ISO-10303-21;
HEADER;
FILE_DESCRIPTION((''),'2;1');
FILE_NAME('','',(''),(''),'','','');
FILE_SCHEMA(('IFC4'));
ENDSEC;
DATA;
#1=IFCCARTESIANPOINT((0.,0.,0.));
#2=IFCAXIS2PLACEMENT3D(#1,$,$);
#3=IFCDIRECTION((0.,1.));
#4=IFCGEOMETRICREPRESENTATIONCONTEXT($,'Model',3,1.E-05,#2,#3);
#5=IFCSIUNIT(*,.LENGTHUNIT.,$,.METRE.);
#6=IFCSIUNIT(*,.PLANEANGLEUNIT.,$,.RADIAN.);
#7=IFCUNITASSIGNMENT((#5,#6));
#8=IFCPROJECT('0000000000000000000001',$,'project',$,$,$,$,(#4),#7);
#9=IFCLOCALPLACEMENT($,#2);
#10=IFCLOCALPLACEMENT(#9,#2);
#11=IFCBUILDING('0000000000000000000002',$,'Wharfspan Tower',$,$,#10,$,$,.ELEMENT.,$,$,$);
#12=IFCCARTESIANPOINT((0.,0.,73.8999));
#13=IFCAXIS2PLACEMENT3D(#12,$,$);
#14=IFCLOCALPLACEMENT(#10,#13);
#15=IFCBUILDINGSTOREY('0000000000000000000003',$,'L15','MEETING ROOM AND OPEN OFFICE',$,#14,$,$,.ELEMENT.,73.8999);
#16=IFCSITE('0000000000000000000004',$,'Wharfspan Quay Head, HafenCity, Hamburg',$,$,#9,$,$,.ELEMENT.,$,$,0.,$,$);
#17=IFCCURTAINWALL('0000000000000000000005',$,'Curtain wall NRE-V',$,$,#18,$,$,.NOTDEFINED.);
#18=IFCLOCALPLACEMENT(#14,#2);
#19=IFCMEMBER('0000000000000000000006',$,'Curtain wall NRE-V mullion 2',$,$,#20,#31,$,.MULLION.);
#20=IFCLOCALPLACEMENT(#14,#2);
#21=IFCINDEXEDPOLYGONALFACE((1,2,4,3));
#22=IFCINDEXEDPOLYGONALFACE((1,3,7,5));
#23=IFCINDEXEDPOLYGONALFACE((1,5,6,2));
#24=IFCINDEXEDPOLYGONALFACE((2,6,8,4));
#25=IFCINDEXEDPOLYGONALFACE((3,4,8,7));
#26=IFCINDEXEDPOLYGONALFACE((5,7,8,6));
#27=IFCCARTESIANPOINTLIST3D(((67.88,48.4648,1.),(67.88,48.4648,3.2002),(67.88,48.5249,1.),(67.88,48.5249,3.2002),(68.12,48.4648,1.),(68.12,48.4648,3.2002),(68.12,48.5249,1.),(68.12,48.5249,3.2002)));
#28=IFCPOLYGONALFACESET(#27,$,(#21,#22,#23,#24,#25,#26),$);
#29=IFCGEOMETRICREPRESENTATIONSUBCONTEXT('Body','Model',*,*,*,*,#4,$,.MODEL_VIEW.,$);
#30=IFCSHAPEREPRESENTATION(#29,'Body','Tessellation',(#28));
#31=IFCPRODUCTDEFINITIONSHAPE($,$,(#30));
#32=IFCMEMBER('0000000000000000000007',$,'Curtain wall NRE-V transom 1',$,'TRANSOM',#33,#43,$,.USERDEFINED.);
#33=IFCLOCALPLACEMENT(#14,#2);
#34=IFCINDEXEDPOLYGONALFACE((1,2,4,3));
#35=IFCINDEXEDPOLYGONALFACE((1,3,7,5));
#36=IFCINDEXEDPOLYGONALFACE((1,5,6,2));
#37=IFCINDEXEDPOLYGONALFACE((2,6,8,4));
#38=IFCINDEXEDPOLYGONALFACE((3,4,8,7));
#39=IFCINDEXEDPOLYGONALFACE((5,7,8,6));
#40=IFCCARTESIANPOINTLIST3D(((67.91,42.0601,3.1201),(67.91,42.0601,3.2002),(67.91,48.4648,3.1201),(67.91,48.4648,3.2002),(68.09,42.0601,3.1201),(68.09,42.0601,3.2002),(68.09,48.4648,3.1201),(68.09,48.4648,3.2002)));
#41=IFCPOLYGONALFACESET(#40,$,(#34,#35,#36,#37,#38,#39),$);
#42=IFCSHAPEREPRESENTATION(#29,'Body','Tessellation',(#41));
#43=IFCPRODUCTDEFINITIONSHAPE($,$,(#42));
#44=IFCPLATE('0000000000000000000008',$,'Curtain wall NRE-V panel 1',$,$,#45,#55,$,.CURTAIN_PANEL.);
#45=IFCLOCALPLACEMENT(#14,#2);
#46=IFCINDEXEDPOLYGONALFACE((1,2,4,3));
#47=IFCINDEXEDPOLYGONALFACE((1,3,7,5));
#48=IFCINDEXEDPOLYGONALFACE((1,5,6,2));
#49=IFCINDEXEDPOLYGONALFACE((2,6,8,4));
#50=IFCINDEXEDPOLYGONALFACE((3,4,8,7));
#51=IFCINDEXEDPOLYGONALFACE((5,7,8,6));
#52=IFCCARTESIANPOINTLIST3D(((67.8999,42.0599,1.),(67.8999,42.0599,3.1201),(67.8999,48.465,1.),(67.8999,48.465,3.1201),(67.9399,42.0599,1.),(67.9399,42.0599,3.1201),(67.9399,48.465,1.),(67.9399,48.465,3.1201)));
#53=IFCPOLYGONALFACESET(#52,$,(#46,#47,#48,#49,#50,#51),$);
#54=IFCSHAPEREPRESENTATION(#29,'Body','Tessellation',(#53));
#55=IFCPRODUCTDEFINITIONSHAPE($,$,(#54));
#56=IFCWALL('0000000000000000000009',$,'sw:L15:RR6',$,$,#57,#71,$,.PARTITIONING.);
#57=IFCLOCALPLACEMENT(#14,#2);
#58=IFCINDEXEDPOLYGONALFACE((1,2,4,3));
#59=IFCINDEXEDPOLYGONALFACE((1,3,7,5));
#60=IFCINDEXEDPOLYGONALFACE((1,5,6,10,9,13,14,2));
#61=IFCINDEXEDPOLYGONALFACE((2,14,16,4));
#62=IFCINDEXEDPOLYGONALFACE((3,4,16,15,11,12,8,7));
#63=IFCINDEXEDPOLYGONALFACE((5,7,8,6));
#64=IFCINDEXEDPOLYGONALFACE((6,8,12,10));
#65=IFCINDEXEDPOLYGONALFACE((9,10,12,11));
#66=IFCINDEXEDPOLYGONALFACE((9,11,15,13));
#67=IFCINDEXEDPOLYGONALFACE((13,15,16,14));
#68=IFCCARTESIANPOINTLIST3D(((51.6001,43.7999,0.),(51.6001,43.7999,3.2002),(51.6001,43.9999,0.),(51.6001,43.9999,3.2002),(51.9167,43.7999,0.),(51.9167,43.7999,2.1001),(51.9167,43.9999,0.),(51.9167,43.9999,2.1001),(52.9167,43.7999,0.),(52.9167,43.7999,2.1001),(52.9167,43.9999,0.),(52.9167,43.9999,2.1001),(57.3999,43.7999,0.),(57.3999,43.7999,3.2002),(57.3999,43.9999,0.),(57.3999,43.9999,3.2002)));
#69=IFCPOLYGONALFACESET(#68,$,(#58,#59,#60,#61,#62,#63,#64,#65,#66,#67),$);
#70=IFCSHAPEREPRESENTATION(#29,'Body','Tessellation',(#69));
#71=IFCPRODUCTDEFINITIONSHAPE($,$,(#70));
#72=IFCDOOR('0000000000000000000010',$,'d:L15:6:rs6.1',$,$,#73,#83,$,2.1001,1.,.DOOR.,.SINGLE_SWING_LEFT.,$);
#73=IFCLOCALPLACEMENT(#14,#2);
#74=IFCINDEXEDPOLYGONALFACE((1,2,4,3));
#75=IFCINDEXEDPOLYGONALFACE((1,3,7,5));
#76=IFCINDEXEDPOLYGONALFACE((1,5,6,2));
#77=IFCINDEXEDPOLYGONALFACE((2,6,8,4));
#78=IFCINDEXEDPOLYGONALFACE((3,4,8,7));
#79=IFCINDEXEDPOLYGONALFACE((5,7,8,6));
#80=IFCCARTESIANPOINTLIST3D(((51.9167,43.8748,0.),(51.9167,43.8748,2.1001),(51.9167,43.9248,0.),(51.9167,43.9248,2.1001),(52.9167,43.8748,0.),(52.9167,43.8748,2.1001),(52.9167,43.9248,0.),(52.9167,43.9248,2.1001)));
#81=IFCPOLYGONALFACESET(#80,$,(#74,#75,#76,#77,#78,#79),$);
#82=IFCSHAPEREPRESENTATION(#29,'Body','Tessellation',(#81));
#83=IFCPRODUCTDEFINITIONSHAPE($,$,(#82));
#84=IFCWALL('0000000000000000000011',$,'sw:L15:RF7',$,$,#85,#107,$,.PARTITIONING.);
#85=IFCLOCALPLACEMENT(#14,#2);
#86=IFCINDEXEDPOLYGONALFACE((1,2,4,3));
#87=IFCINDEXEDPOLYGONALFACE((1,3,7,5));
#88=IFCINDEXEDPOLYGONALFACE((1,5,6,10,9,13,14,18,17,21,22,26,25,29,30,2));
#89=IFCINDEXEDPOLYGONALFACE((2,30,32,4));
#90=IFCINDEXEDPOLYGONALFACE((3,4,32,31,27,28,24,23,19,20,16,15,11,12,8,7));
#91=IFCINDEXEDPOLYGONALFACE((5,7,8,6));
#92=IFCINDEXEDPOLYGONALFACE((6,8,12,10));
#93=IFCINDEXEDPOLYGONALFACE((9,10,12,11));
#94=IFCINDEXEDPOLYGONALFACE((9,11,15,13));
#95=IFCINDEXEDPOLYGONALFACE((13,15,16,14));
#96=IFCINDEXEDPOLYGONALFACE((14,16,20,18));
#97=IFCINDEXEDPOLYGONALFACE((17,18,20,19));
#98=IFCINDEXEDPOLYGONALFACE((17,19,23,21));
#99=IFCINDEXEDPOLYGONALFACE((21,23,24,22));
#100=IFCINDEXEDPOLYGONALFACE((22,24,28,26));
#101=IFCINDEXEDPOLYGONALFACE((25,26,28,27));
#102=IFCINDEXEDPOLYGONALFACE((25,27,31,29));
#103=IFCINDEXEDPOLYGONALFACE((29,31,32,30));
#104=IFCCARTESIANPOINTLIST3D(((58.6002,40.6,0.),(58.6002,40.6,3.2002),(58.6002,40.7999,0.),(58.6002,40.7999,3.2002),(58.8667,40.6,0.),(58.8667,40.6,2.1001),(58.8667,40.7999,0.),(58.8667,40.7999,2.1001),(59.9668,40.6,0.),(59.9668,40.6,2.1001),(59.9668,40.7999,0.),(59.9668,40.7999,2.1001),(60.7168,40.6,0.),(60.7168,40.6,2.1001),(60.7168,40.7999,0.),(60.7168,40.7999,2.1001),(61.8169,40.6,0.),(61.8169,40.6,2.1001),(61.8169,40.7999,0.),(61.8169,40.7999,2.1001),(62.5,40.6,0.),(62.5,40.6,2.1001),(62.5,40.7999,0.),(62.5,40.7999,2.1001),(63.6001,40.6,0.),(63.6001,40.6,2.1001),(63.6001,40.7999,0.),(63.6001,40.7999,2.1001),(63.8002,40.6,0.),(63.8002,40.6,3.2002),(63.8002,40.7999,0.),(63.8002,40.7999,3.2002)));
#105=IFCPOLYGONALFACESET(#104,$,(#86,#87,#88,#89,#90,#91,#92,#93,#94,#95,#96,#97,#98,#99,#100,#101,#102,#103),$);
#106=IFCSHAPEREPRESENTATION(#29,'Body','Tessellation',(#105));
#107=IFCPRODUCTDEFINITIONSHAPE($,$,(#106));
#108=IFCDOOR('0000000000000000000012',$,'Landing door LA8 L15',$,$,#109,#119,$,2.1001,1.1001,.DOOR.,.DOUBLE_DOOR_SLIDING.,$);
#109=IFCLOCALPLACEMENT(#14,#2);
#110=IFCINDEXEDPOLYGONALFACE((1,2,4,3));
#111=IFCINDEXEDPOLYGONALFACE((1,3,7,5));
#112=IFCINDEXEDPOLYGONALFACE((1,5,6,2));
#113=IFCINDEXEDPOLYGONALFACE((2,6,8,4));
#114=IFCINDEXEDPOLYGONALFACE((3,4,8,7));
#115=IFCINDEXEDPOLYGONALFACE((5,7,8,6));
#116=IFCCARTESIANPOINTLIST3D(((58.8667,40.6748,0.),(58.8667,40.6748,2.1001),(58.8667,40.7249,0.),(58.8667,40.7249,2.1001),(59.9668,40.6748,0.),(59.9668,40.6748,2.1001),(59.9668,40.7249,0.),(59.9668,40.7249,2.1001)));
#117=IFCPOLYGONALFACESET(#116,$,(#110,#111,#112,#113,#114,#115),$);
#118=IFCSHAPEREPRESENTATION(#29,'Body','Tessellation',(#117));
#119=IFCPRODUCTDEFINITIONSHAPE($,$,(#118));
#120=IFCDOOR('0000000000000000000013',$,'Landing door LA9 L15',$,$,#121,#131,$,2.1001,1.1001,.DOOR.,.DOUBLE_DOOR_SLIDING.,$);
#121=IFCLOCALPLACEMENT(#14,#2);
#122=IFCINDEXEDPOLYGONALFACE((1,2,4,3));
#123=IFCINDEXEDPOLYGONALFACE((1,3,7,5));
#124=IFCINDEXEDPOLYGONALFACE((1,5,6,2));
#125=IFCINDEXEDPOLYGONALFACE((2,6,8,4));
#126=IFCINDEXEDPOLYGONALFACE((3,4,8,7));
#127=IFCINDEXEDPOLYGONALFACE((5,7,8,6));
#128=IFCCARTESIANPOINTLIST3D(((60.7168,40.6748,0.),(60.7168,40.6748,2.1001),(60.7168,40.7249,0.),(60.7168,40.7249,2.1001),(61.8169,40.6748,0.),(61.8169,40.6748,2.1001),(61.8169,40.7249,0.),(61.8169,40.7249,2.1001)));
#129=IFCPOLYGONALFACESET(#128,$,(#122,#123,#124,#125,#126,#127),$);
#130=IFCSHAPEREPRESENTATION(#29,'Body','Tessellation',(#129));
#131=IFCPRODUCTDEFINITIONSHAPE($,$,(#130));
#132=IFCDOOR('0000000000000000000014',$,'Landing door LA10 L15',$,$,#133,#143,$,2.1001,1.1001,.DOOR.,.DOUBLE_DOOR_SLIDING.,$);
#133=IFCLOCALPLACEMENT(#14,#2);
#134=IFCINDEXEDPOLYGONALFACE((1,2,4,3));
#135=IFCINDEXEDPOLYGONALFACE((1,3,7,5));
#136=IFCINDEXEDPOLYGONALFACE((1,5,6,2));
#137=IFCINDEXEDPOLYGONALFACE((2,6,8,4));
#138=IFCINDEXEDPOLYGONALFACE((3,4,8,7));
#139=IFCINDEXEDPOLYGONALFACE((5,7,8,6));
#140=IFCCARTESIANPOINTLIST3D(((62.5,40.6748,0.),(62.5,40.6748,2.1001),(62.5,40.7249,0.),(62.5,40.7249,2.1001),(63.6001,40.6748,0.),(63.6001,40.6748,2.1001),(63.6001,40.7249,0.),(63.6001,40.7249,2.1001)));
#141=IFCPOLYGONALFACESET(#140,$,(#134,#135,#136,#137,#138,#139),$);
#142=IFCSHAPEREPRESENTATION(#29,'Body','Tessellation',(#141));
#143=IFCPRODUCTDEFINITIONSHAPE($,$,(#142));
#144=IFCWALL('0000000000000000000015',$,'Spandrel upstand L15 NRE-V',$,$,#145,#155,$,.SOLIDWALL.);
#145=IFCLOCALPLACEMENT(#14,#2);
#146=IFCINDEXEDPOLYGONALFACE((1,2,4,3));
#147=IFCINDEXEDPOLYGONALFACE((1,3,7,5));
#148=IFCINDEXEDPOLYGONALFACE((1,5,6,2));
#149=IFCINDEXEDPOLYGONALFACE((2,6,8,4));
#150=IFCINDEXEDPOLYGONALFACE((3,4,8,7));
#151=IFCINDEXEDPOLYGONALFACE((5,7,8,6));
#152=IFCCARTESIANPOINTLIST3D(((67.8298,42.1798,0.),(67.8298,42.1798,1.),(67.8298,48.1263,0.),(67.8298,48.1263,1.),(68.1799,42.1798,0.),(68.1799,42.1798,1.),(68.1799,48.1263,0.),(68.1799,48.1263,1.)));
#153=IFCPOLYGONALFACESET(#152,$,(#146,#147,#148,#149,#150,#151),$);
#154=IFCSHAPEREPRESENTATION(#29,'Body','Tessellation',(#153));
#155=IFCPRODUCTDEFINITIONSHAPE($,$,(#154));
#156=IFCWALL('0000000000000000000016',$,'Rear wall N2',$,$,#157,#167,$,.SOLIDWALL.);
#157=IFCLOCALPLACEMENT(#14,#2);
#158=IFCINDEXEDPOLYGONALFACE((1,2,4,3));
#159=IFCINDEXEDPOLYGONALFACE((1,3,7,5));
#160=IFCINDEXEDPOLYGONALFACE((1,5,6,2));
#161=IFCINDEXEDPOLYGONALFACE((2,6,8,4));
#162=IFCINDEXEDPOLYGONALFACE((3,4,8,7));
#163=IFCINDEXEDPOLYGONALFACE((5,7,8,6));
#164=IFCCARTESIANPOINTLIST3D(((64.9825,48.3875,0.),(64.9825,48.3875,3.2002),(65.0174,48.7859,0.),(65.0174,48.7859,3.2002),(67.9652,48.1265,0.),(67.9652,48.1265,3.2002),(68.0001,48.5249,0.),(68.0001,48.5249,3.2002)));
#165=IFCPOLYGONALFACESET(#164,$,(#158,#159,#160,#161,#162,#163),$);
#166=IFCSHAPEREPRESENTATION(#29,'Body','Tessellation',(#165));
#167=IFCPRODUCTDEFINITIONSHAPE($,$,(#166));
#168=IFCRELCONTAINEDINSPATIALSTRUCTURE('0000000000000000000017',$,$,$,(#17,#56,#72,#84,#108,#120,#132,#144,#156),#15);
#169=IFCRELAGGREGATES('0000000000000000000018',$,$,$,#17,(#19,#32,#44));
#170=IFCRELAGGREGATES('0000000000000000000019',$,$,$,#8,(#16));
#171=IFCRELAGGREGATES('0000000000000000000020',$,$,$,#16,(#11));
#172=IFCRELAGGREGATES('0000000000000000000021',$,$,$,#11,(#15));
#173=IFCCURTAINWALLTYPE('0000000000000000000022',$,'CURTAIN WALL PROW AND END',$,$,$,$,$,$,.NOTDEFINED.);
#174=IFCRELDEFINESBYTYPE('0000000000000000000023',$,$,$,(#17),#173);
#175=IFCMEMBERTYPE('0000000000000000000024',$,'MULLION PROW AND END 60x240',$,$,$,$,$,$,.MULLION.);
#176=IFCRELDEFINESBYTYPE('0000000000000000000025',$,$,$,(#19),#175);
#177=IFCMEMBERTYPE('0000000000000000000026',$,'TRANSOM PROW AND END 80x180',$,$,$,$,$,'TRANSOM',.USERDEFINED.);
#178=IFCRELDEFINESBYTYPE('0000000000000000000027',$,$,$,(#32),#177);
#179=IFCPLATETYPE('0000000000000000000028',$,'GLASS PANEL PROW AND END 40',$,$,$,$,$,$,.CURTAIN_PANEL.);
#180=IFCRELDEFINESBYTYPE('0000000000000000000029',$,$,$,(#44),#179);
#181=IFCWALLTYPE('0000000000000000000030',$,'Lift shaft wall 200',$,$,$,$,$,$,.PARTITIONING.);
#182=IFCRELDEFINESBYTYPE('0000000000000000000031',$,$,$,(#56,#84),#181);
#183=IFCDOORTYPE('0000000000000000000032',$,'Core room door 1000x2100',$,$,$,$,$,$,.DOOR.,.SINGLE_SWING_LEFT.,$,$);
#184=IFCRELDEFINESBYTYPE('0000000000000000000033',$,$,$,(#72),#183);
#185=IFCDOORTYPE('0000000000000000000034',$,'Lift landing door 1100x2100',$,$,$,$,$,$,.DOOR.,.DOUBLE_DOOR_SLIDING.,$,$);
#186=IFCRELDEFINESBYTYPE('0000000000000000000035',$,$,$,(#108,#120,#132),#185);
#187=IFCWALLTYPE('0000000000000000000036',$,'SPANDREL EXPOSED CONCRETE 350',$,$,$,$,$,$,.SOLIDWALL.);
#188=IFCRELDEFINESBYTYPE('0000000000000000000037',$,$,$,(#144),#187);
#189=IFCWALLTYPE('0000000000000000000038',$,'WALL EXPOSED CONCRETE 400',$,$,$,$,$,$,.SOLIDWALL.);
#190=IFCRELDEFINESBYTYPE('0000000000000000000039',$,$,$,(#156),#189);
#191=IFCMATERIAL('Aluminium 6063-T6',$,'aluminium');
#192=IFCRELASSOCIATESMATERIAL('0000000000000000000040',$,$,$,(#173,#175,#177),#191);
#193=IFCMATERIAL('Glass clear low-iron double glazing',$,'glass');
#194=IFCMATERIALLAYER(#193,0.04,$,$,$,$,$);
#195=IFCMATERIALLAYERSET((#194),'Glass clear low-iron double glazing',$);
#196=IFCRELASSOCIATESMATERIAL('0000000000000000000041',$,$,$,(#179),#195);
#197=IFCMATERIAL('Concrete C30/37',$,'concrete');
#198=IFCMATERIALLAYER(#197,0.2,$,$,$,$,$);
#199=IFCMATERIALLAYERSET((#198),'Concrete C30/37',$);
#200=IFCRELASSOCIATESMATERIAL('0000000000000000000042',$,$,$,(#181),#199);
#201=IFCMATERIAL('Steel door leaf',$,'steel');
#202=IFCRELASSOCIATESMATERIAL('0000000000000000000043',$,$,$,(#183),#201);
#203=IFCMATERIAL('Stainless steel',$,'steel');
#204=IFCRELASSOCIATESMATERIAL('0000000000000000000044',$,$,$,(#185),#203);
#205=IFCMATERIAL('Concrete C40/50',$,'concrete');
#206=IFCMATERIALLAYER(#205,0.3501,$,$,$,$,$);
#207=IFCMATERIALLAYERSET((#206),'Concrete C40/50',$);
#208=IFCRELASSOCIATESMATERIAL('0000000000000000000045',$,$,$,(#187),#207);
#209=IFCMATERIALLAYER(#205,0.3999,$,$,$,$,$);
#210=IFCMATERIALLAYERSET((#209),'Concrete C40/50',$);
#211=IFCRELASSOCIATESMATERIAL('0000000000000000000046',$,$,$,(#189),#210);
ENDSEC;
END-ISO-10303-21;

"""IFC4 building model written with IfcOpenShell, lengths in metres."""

from ifc_helpers import new_model, si_unit, direction, frame, frame_2d, origin, origin_2d, place, context, subcontext, project, spatial, rectangle, extrude, material, layer, layer_set, material_profile, profile_set, type_object, element, fill, aggregate, save


model = new_model("IFC4")

# Units and contexts
model_context = context("Model", 3, precision=1e-05, world=origin(), true_north=direction((0.0, 1.0)))
body_context = subcontext(model_context, "Body", "Model", "MODEL_VIEW")
ifc_project = project(units=[si_unit("LENGTHUNIT", "METRE"), si_unit("PLANEANGLEUNIT", "RADIAN")], contexts=[model_context])

# Site, building, storey
site_placement = place(None, origin())
site = spatial("IfcSite", under=ifc_project, at=site_placement, Name="Wharfspan Quay Head, HafenCity, Hamburg", CompositionType="ELEMENT", RefElevation=0.0)
building_placement = place(site_placement, origin())
building = spatial("IfcBuilding", under=site, at=building_placement, Name="Wharfspan Tower", CompositionType="ELEMENT")
storey_placement = place(building_placement, frame((0.0, 0.0, 73.8999)))
storey = spatial("IfcBuildingStorey", under=building, at=storey_placement, Name="L15", Description="MEETING ROOM AND OPEN OFFICE", CompositionType="ELEMENT", Elevation=73.8999)

# Shared definitions
ifc_material_1 = material(Name="Aluminium 6063-T6", Category="aluminium")
curtain_wall_type = type_object("IfcCurtainWallType", Name="CURTAIN WALL PROW AND END", PredefinedType="NOTDEFINED", material=ifc_material_1)
ifc_material_profile_1 = material_profile(ifc_material_1, rectangle(XDim=0.24, YDim=0.0601, at=origin_2d()))
ifc_profile_set_1 = profile_set([ifc_material_profile_1], Name="Aluminium 6063-T6")
member_type_1 = type_object("IfcMemberType", Name="MULLION PROW AND END 60x240", PredefinedType="MULLION", material=ifc_profile_set_1)

# Curtain wall, members, plate
curtain_wall_1_placement = place(storey_placement, origin())
curtain_wall_1 = element("IfcCurtainWall", 1, at=curtain_wall_1_placement, inside=storey, type_object=curtain_wall_type, Name="Curtain wall NRE-V", PredefinedType="NOTDEFINED")
member_1_placement = place(storey_placement, frame((68.0, 48.4949, 1.0), z_axis=(0.0, 0.0, 1.0), x_axis=(-1.0, 0.0, 0.0)))
member_1 = element("IfcMember", 2, at=member_1_placement, type_object=member_type_1, Name="Curtain wall NRE-V mullion 2", PredefinedType="MULLION", context=body_context, shape_type="SweptSolid", body=[
    extrude(rectangle(XDim=0.24, YDim=0.0601, at=origin_2d()), origin(), (0.0, 0.0, 1.0), 2.2002),
])
ifc_material_profile_2 = material_profile(ifc_material_1, rectangle(XDim=0.1799, YDim=0.0801, at=origin_2d()))
ifc_profile_set_2 = profile_set([ifc_material_profile_2], Name="Aluminium 6063-T6")
member_type_2 = type_object("IfcMemberType", Name="TRANSOM PROW AND END 80x180", ElementType="TRANSOM", PredefinedType="USERDEFINED", material=ifc_profile_set_2)
member_2_placement = place(storey_placement, frame((68.0, 42.0601, 3.1602), z_axis=(0.0, 1.0, 0.0), x_axis=(-1.0, 0.0, 0.0)))
member_2 = element("IfcMember", 3, at=member_2_placement, type_object=member_type_2, Name="Curtain wall NRE-V transom 1", ObjectType="TRANSOM", PredefinedType="USERDEFINED", context=body_context, shape_type="SweptSolid", body=[
    extrude(rectangle(XDim=0.1799, YDim=0.0801, at=origin_2d()), origin(), (0.0, 0.0, 1.0), 6.4048),
])
ifc_material_2 = material(Name="Glass clear low-iron double glazing", Category="glass")
ifc_layer_1 = layer(ifc_material_2, 0.04)
ifc_layer_set_1 = layer_set([ifc_layer_1], Name="Glass clear low-iron double glazing")
plate_type = type_object("IfcPlateType", Name="GLASS PANEL PROW AND END 40", PredefinedType="CURTAIN_PANEL", material=ifc_layer_set_1)
plate_placement = place(storey_placement, frame((67.9199, 45.2625, 1.0), z_axis=(0.0, 0.0, 1.0), x_axis=(0.0, 1.0, 0.0)))
plate = element("IfcPlate", 4, at=plate_placement, type_object=plate_type, Name="Curtain wall NRE-V panel 1", PredefinedType="CURTAIN_PANEL", context=body_context, shape_type="SweptSolid", body=[
    extrude(rectangle(XDim=6.405, YDim=0.04, at=origin_2d()), origin(), (0.0, 0.0, 1.0), 2.1201),
])
aggregate(curtain_wall_1, [member_1, member_2, plate])

# Wall, opening, door
ifc_material_3 = material(Name="Concrete C30/37", Category="concrete")
ifc_layer_2 = layer(ifc_material_3, 0.2)
ifc_layer_set_2 = layer_set([ifc_layer_2], Name="Concrete C30/37")
wall_type_1 = type_object("IfcWallType", Name="Lift shaft wall 200", PredefinedType="PARTITIONING", material=ifc_layer_set_2)
wall_1_placement = place(storey_placement, frame((51.6001, 43.8999, 0.0), z_axis=(0.0, 0.0, 1.0), x_axis=(1.0, 0.0, 0.0)))
wall_1 = element("IfcWall", 5, at=wall_1_placement, inside=storey, type_object=wall_type_1, Name="sw:L15:RR6", PredefinedType="PARTITIONING", context=body_context, shape_type="SweptSolid", body=[
    extrude(rectangle(XDim=5.7998, YDim=0.2, at=frame_2d((2.8999, 0.0))), origin(), (0.0, 0.0, 1.0), 3.2002),
])
opening_1_placement = place(wall_1_placement, frame((0.3166, 0.0, 0.0)))
opening_1 = element("IfcOpeningElement", 6, at=opening_1_placement, cuts=wall_1, PredefinedType="OPENING", context=body_context, shape_type="SweptSolid", body=[
    extrude(rectangle(XDim=1.0, YDim=2.1001, at=frame_2d((0.5, 1.05))), frame((0.0, 0.1099, 0.0), z_axis=(0.0, -1.0, 0.0), x_axis=(1.0, 0.0, 0.0)), (0.0, 0.0, 1.0), 0.22),
])
ifc_material_4 = material(Name="Steel door leaf", Category="steel")
door_type_1 = type_object("IfcDoorType", Name="Core room door 1000x2100", OperationType="SINGLE_SWING_LEFT", PredefinedType="DOOR", material=ifc_material_4)
door_1_placement = place(opening_1_placement, origin())
door_1 = element("IfcDoor", 7, at=door_1_placement, inside=storey, type_object=door_type_1, Name="d:L15:6:rs6.1", OperationType="SINGLE_SWING_LEFT", OverallHeight=2.1001, OverallWidth=1.0, PredefinedType="DOOR", context=body_context, shape_type="SweptSolid", body=[
    extrude(rectangle(XDim=1.0, YDim=2.1001, at=frame_2d((0.5, 1.05))), frame((0.0, 0.0249, 0.0), z_axis=(0.0, -1.0, 0.0), x_axis=(1.0, 0.0, 0.0)), (0.0, 0.0, 1.0), 0.05),
])
fill(opening_1, door_1)

# Wall, openings, doors
wall_2_placement = place(storey_placement, frame((58.6001, 40.7, 0.0), z_axis=(0.0, 0.0, 1.0), x_axis=(1.0, 0.0, 0.0)))
wall_2 = element("IfcWall", 8, at=wall_2_placement, inside=storey, type_object=wall_type_1, Name="sw:L15:RF7", PredefinedType="PARTITIONING", context=body_context, shape_type="SweptSolid", body=[
    extrude(rectangle(XDim=5.2, YDim=0.2, at=frame_2d((2.6001, 0.0))), origin(), (0.0, 0.0, 1.0), 3.2002),
])
opening_2_placement = place(wall_2_placement, frame((0.2666, 0.0, 0.0)))
opening_2 = element("IfcOpeningElement", 9, at=opening_2_placement, cuts=wall_2, PredefinedType="OPENING", context=body_context, shape_type="SweptSolid", body=[
    extrude(rectangle(XDim=1.1001, YDim=2.1001, at=frame_2d((0.55, 1.05))), frame((0.0, 0.1099, 0.0), z_axis=(0.0, -1.0, 0.0), x_axis=(1.0, 0.0, 0.0)), (0.0, 0.0, 1.0), 0.22),
])
opening_3_placement = place(wall_2_placement, frame((2.1167, 0.0, 0.0)))
opening_3 = element("IfcOpeningElement", 10, at=opening_3_placement, cuts=wall_2, PredefinedType="OPENING", context=body_context, shape_type="SweptSolid", body=[
    extrude(rectangle(XDim=1.1001, YDim=2.1001, at=frame_2d((0.55, 1.05))), frame((0.0, 0.1099, 0.0), z_axis=(0.0, -1.0, 0.0), x_axis=(1.0, 0.0, 0.0)), (0.0, 0.0, 1.0), 0.22),
])
opening_4_placement = place(wall_2_placement, frame((3.8999, 0.0, 0.0)))
opening_4 = element("IfcOpeningElement", 11, at=opening_4_placement, cuts=wall_2, PredefinedType="OPENING", context=body_context, shape_type="SweptSolid", body=[
    extrude(rectangle(XDim=1.1001, YDim=2.1001, at=frame_2d((0.55, 1.05))), frame((0.0, 0.1099, 0.0), z_axis=(0.0, -1.0, 0.0), x_axis=(1.0, 0.0, 0.0)), (0.0, 0.0, 1.0), 0.22),
])
ifc_material_5 = material(Name="Stainless steel", Category="steel")
door_type_2 = type_object("IfcDoorType", Name="Lift landing door 1100x2100", OperationType="DOUBLE_DOOR_SLIDING", PredefinedType="DOOR", material=ifc_material_5)
door_2_placement = place(opening_2_placement, origin())
door_2 = element("IfcDoor", 12, at=door_2_placement, inside=storey, type_object=door_type_2, Name="Landing door LA8 L15", OperationType="DOUBLE_DOOR_SLIDING", OverallHeight=2.1001, OverallWidth=1.1001, PredefinedType="DOOR", context=body_context, shape_type="SweptSolid", body=[
    extrude(rectangle(XDim=1.1001, YDim=2.1001, at=frame_2d((0.55, 1.05))), frame((0.0, 0.0249, 0.0), z_axis=(0.0, -1.0, 0.0), x_axis=(1.0, 0.0, 0.0)), (0.0, 0.0, 1.0), 0.05),
])
fill(opening_2, door_2)
door_3_placement = place(opening_3_placement, origin())
door_3 = element("IfcDoor", 13, at=door_3_placement, inside=storey, type_object=door_type_2, Name="Landing door LA9 L15", OperationType="DOUBLE_DOOR_SLIDING", OverallHeight=2.1001, OverallWidth=1.1001, PredefinedType="DOOR", context=body_context, shape_type="SweptSolid", body=[
    extrude(rectangle(XDim=1.1001, YDim=2.1001, at=frame_2d((0.55, 1.05))), frame((0.0, 0.0249, 0.0), z_axis=(0.0, -1.0, 0.0), x_axis=(1.0, 0.0, 0.0)), (0.0, 0.0, 1.0), 0.05),
])
fill(opening_3, door_3)
door_4_placement = place(opening_4_placement, origin())
door_4 = element("IfcDoor", 14, at=door_4_placement, inside=storey, type_object=door_type_2, Name="Landing door LA10 L15", OperationType="DOUBLE_DOOR_SLIDING", OverallHeight=2.1001, OverallWidth=1.1001, PredefinedType="DOOR", context=body_context, shape_type="SweptSolid", body=[
    extrude(rectangle(XDim=1.1001, YDim=2.1001, at=frame_2d((0.55, 1.05))), frame((0.0, 0.0249, 0.0), z_axis=(0.0, -1.0, 0.0), x_axis=(1.0, 0.0, 0.0)), (0.0, 0.0, 1.0), 0.05),
])
fill(opening_4, door_4)

# Walls
ifc_material_6 = material(Name="Concrete C40/50", Category="concrete")
ifc_layer_3 = layer(ifc_material_6, 0.3501)
ifc_layer_set_3 = layer_set([ifc_layer_3], Name="Concrete C40/50")
wall_type_2 = type_object("IfcWallType", Name="SPANDREL EXPOSED CONCRETE 350", PredefinedType="SOLIDWALL", material=ifc_layer_set_3)
wall_3_placement = place(storey_placement, frame((68.0049, 42.1799, 0.0), z_axis=(0.0, 0.0, 1.0), x_axis=(0.0, 1.0, 0.0)))
element("IfcWall", 15, at=wall_3_placement, inside=storey, type_object=wall_type_2, Name="Spandrel upstand L15 NRE-V", PredefinedType="SOLIDWALL", context=body_context, shape_type="SweptSolid", body=[
    extrude(rectangle(XDim=5.9465, YDim=0.3501, at=frame_2d((2.9731, 0.0))), origin(), (0.0, 0.0, 1.0), 1.0),
])
ifc_layer_4 = layer(ifc_material_6, 0.3999)
ifc_layer_set_4 = layer_set([ifc_layer_4], Name="Concrete C40/50")
wall_type_3 = type_object("IfcWallType", Name="WALL EXPOSED CONCRETE 400", PredefinedType="SOLIDWALL", material=ifc_layer_set_4)
wall_4_placement = place(storey_placement, frame((67.9827, 48.3257, 0.0), z_axis=(0.0, 0.0, 1.0), x_axis=(-0.996194, 0.087168, 0.0)))
element("IfcWall", 16, at=wall_4_placement, inside=storey, type_object=wall_type_3, Name="Rear wall N2", PredefinedType="SOLIDWALL", context=body_context, shape_type="SweptSolid", body=[
    extrude(rectangle(XDim=2.9941, YDim=0.3999, at=frame_2d((1.4971, 0.0))), origin(), (0.0, 0.0, 1.0), 3.2002),
])

save(model, "model.ifc")
